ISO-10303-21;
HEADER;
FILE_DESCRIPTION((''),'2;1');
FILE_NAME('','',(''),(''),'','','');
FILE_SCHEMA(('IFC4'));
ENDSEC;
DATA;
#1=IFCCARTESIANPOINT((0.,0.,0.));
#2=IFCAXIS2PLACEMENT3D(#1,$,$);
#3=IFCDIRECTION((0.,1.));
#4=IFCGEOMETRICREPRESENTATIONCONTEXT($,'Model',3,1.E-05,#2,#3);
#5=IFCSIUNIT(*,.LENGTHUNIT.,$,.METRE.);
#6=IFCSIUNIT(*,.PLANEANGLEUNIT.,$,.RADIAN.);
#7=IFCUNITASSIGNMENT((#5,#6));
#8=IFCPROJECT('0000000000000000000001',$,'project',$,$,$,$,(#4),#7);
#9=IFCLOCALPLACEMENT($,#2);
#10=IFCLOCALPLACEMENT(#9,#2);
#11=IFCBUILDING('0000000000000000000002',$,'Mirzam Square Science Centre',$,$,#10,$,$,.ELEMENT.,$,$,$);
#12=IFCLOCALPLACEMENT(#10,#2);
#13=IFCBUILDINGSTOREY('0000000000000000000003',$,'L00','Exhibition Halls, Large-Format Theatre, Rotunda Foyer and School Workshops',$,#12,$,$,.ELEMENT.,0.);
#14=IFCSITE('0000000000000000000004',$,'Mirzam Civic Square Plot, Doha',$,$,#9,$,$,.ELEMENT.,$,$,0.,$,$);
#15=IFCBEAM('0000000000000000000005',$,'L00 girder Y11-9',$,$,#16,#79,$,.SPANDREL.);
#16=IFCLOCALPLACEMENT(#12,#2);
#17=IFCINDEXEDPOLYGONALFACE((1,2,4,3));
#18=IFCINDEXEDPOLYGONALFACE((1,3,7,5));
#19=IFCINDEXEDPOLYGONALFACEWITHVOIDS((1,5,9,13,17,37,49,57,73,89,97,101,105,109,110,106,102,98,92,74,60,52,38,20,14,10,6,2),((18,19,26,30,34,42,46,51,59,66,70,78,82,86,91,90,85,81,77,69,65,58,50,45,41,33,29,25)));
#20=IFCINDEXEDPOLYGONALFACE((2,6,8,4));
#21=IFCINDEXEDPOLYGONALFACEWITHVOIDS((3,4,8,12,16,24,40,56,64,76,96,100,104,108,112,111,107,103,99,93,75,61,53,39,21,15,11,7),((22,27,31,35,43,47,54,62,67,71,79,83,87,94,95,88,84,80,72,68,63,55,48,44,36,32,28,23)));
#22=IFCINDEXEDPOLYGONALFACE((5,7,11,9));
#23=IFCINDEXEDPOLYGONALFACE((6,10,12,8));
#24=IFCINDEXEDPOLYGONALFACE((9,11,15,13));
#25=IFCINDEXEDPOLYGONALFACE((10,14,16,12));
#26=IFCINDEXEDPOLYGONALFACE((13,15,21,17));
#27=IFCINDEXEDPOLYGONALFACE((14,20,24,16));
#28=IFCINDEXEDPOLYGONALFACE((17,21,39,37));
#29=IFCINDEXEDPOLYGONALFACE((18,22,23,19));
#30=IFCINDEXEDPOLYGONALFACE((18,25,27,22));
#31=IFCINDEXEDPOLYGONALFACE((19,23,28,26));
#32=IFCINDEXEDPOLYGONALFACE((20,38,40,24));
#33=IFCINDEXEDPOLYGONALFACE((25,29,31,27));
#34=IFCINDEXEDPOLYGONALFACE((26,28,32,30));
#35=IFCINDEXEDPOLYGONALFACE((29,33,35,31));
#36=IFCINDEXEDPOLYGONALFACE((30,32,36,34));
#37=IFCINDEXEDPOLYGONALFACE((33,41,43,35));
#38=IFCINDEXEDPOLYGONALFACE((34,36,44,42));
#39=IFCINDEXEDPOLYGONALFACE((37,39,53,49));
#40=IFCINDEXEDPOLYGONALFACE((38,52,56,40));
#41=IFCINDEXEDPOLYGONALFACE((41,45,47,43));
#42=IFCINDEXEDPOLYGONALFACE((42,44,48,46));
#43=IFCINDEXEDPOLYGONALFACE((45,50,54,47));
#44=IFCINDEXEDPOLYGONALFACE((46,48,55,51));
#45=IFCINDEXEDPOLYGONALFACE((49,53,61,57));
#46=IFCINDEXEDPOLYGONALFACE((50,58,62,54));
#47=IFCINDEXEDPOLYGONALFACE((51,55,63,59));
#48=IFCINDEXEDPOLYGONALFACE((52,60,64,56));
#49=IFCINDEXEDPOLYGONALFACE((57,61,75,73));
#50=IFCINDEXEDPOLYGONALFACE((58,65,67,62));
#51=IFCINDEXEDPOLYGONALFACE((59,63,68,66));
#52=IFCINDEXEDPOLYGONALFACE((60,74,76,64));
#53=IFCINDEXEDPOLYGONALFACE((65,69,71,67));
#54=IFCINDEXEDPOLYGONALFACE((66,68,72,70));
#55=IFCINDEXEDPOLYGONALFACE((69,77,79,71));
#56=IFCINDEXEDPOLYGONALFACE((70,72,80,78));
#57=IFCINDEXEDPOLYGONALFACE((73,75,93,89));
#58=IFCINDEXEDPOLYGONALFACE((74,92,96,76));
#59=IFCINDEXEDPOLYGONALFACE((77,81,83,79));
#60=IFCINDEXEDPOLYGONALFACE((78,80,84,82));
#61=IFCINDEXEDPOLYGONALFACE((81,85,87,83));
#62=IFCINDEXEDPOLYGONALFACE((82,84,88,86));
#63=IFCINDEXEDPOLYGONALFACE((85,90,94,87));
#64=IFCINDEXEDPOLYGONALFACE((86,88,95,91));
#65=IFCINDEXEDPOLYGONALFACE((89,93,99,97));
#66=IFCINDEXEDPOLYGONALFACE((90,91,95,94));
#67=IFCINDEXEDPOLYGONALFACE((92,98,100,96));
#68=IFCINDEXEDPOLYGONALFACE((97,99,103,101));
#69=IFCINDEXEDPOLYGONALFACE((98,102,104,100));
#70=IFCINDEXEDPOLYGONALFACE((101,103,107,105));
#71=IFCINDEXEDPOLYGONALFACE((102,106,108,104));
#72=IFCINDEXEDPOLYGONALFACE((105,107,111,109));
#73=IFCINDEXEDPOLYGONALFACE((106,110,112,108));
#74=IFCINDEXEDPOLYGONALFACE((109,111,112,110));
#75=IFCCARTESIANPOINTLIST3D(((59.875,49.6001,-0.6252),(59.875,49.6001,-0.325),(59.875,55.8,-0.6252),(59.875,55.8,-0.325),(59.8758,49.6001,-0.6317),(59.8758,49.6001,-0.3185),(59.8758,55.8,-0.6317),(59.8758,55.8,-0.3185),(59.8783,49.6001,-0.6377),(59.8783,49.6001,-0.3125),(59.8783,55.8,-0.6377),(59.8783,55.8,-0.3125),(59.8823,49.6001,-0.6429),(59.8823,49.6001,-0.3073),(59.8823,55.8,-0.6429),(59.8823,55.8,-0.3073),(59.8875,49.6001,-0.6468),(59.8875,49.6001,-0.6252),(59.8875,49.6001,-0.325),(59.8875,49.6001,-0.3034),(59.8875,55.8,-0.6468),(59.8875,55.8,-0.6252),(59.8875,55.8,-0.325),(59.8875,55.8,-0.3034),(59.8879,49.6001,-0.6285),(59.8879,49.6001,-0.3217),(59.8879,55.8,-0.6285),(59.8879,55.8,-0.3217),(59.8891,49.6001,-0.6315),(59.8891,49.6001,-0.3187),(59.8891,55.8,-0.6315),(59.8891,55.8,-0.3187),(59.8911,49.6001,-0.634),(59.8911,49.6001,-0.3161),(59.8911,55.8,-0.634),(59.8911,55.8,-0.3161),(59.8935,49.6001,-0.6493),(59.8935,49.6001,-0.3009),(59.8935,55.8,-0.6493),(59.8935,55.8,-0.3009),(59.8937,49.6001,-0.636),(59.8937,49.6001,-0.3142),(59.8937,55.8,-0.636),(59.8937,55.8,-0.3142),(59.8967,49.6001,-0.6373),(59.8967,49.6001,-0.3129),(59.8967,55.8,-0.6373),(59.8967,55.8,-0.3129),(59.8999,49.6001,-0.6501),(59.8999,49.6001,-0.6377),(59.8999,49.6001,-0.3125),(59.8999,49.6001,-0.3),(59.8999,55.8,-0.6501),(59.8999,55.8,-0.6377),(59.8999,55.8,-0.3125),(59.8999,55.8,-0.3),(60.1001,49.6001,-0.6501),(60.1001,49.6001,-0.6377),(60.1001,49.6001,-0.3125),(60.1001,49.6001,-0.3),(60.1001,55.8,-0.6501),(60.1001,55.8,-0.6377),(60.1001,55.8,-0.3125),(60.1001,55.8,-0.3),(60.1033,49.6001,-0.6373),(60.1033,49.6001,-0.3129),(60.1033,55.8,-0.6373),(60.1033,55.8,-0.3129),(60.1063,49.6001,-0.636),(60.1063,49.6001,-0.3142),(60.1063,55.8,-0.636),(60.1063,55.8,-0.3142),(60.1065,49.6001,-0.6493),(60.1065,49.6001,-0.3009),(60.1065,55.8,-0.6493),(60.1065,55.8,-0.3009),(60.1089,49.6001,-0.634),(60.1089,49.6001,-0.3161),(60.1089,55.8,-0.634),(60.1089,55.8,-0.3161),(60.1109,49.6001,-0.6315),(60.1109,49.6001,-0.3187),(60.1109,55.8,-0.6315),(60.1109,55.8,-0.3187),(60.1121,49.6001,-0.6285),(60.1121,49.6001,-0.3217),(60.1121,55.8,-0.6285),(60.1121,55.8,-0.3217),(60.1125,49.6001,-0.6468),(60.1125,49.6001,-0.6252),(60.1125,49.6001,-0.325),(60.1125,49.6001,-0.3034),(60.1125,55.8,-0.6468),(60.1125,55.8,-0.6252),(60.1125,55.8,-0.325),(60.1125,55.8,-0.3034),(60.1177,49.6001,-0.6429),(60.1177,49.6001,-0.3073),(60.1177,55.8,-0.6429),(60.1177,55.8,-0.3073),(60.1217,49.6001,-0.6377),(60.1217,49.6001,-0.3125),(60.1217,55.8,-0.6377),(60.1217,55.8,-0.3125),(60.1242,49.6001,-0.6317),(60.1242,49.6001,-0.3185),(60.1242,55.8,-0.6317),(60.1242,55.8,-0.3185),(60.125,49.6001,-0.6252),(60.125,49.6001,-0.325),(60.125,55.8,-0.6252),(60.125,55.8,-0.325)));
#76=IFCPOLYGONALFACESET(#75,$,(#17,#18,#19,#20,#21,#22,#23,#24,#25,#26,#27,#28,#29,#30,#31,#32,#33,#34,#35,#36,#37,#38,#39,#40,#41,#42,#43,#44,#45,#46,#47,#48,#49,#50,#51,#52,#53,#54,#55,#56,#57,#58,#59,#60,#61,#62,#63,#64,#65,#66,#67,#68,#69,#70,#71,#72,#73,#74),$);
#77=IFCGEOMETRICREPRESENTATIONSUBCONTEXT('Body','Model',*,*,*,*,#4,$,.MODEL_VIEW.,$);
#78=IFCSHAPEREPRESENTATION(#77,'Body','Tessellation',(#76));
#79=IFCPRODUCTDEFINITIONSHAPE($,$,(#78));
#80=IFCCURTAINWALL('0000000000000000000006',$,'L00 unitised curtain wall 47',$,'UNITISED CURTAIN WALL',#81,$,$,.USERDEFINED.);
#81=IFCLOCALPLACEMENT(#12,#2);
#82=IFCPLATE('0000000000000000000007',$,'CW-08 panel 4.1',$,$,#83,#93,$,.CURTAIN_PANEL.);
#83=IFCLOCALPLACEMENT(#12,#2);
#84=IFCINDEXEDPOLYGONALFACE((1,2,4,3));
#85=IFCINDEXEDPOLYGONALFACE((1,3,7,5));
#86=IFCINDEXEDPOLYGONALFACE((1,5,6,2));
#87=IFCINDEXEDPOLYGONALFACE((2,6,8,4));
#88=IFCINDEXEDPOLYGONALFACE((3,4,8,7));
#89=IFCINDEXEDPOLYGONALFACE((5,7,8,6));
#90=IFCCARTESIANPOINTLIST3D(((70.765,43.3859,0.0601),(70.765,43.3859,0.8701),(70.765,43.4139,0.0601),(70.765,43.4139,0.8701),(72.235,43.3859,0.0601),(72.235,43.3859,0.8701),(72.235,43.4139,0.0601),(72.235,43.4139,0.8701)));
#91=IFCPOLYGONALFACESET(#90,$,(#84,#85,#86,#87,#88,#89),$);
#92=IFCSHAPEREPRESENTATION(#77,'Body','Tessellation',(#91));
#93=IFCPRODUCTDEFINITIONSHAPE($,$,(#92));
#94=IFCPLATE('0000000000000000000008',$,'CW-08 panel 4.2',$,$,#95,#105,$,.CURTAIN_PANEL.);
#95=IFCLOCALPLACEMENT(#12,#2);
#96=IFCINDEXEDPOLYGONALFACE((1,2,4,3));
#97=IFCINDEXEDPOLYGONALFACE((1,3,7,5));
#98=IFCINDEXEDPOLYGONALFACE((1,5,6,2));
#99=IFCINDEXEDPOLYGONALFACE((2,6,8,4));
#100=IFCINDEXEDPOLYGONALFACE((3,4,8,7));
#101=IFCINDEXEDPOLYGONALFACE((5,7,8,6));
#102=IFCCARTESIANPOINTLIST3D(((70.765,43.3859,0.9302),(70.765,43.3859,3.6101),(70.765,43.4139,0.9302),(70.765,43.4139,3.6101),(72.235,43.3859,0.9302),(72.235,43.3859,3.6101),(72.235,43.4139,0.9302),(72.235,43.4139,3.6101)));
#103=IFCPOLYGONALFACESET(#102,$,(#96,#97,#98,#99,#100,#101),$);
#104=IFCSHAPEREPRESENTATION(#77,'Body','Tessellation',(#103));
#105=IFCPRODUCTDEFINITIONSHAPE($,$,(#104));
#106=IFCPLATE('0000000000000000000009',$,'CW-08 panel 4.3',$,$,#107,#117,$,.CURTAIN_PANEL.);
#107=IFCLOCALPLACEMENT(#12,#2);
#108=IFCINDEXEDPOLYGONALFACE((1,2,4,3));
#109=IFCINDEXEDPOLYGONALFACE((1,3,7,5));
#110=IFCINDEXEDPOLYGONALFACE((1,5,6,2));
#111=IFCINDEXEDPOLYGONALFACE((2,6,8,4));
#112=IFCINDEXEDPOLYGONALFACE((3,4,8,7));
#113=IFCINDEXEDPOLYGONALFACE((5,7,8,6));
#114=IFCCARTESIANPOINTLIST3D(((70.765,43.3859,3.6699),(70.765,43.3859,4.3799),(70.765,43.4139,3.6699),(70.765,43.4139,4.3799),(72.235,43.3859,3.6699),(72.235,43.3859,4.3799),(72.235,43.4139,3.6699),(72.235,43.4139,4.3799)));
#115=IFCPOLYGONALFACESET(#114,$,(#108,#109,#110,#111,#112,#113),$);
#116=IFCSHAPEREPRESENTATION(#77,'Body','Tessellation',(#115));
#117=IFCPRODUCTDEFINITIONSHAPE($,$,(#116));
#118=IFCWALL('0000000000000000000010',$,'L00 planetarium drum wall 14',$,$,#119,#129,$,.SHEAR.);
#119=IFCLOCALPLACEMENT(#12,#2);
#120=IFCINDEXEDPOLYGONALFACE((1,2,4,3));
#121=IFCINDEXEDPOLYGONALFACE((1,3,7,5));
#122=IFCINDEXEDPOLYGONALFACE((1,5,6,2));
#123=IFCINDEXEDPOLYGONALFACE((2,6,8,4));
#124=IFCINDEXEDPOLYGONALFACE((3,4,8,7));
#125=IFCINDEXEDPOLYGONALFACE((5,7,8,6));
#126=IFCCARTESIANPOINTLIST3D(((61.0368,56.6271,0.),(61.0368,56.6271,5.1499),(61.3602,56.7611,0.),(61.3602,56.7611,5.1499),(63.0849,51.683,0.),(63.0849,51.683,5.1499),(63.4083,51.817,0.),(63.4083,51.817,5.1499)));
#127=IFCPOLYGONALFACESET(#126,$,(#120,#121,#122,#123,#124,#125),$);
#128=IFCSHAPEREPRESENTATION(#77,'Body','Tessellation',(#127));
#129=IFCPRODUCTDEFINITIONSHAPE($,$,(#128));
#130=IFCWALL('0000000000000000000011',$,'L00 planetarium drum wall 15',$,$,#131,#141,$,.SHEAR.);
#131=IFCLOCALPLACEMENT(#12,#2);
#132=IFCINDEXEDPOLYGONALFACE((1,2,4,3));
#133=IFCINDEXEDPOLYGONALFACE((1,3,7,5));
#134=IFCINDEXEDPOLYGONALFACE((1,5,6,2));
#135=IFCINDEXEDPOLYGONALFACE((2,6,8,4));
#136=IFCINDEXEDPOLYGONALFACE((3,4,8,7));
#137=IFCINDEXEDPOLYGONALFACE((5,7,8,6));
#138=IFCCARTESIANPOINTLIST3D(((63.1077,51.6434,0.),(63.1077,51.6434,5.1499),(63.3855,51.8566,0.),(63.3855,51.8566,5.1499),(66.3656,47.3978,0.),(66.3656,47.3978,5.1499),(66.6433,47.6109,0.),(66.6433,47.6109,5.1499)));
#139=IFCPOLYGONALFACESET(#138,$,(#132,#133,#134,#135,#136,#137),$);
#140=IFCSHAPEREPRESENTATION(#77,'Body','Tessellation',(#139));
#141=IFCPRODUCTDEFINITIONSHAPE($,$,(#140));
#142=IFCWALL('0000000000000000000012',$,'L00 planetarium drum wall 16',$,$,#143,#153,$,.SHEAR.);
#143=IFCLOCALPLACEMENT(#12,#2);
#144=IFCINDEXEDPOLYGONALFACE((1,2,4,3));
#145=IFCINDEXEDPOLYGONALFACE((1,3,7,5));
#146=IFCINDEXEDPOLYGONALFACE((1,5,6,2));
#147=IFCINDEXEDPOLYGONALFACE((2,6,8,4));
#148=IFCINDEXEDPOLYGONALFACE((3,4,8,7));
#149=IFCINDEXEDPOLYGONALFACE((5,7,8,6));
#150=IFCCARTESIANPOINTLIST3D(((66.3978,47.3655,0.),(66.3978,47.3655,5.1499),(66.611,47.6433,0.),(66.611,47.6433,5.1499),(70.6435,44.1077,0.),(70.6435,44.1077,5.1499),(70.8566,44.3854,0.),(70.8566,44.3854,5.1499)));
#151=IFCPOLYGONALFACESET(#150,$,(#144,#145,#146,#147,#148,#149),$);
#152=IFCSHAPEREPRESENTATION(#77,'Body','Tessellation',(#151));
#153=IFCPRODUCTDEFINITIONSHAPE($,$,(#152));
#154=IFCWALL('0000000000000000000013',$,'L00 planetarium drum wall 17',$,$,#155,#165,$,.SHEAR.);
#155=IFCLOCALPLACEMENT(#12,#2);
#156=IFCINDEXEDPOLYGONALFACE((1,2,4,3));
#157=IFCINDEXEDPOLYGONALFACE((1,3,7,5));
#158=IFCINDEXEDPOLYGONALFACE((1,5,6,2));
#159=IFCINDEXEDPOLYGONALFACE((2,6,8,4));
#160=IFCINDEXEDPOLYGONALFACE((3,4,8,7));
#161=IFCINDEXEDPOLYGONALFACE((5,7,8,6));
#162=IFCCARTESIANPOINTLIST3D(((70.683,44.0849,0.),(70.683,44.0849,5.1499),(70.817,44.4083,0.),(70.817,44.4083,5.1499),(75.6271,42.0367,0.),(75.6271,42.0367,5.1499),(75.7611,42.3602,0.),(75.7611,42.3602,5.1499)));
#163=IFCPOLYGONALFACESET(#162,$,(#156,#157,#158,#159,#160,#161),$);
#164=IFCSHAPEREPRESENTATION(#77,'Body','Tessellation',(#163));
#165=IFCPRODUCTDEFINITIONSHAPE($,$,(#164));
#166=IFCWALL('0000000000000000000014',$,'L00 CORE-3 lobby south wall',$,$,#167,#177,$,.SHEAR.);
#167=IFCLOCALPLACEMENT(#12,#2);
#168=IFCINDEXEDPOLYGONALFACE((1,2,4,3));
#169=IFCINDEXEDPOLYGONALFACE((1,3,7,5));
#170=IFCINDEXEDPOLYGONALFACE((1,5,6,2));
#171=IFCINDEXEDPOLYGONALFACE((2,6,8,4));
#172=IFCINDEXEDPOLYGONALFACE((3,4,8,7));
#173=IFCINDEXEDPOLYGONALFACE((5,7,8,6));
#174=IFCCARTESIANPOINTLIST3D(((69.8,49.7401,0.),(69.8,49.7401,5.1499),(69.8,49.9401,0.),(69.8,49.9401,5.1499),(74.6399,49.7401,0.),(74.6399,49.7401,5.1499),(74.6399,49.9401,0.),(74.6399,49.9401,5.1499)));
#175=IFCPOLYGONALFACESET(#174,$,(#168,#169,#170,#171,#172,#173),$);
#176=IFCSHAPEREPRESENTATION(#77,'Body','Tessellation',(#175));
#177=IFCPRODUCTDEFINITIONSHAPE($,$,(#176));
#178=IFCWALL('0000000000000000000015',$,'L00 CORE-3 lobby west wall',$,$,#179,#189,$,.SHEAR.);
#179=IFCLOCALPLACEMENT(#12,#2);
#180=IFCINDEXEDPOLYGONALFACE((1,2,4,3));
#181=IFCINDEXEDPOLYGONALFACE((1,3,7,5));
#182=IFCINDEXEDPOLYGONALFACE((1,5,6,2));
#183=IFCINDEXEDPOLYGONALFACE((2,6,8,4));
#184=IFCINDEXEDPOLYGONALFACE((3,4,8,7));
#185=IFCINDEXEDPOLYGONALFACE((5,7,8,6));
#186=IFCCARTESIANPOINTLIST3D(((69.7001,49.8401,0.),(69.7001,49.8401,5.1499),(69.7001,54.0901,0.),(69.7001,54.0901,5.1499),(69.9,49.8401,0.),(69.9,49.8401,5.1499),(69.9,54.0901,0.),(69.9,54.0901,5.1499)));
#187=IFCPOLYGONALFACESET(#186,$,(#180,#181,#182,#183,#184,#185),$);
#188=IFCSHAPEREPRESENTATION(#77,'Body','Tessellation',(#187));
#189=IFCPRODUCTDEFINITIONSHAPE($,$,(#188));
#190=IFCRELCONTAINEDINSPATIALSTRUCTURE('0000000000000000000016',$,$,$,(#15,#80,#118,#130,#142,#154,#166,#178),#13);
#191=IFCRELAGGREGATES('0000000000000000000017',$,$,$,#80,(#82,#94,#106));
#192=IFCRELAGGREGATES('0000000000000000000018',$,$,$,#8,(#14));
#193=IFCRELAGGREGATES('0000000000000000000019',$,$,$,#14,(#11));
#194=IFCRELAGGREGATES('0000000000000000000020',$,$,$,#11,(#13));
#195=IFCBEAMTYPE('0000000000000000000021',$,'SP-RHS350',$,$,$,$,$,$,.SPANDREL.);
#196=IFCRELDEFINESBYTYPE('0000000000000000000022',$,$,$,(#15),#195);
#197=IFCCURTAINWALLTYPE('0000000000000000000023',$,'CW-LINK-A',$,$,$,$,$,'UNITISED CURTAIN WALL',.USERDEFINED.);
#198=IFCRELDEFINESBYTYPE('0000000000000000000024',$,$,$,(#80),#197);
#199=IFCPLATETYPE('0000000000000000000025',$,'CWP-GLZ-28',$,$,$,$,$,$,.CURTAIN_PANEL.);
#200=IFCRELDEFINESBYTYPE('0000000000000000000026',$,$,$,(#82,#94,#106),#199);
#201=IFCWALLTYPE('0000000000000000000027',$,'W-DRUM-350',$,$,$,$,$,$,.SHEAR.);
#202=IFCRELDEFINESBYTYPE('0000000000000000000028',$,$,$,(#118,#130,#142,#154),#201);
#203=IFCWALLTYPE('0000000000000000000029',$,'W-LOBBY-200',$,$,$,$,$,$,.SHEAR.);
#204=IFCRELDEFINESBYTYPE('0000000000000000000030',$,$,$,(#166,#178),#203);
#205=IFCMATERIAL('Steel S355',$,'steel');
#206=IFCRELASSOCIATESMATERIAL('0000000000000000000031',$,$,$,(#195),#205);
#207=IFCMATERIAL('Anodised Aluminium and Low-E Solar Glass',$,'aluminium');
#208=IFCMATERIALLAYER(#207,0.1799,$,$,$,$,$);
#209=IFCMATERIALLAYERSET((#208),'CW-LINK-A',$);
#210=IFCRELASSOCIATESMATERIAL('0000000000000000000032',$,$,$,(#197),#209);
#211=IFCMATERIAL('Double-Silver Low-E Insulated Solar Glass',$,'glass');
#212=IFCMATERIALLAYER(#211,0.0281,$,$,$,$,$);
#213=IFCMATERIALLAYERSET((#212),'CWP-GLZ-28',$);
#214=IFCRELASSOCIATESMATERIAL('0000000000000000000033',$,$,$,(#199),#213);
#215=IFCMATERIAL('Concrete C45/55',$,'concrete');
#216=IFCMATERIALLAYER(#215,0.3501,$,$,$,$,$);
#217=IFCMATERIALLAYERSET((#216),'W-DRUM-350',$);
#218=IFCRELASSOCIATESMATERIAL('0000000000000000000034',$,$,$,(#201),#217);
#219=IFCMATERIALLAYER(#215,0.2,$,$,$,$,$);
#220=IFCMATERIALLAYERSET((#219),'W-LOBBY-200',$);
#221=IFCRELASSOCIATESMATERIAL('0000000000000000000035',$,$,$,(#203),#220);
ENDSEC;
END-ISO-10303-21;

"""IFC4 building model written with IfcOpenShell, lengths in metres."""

from ifc_helpers import new_model, si_unit, direction, frame, frame_2d, origin, origin_2d, place, context, subcontext, project, spatial, rectangle, hollow_rectangle, extrude, material, layer, layer_set, material_profile, profile_set, type_object, element, aggregate, save


model = new_model("IFC4")

# Units and contexts
model_context = context("Model", 3, precision=1e-05, world=origin(), true_north=direction((0.0, 1.0)))
body_context = subcontext(model_context, "Body", "Model", "MODEL_VIEW")
ifc_project = project(units=[si_unit("LENGTHUNIT", "METRE"), si_unit("PLANEANGLEUNIT", "RADIAN")], contexts=[model_context])

# Site, building, storey
site_placement = place(None, origin())
site = spatial("IfcSite", under=ifc_project, at=site_placement, Name="Mirzam Civic Square Plot, Doha", CompositionType="ELEMENT", RefElevation=0.0)
building_placement = place(site_placement, origin())
building = spatial("IfcBuilding", under=site, at=building_placement, Name="Mirzam Square Science Centre", CompositionType="ELEMENT")
storey_placement = place(building_placement, origin())
storey = spatial("IfcBuildingStorey", under=building, at=storey_placement, Name="L00", Description="Exhibition Halls, Large-Format Theatre, Rotunda Foyer and School Workshops", CompositionType="ELEMENT", Elevation=0.0)

# Shared definitions
ifc_material_1 = material(Name="Steel S355", Category="steel")
ifc_material_2 = material(Name="Concrete C45/55", Category="concrete")

# Beam
ifc_material_profile_1 = material_profile(ifc_material_1, hollow_rectangle(XDim=0.25, YDim=0.3501, WallThickness=0.0125, InnerFilletRadius=0.0125, OuterFilletRadius=0.0249, at=origin_2d()), Name="350x250x12.5RHS")
ifc_profile_set_1 = profile_set([ifc_material_profile_1], Name="Steel S355")
beam_type = type_object("IfcBeamType", Name="SP-RHS350", PredefinedType="SPANDREL", material=ifc_profile_set_1)
beam_placement = place(storey_placement, frame((60.0, 49.6001, -0.4751), z_axis=(0.0, 1.0, 0.0), x_axis=(-1.0, 0.0, 0.0)))
element("IfcBeam", 1, at=beam_placement, inside=storey, type_object=beam_type, Name="L00 girder Y11-9", PredefinedType="SPANDREL", context=body_context, shape_type="SweptSolid", body=[
    extrude(hollow_rectangle(XDim=0.25, YDim=0.3501, WallThickness=0.0125, InnerFilletRadius=0.0125, OuterFilletRadius=0.0249, at=origin_2d()), origin(), (0.0, 0.0, 1.0), 6.2),
])

# Curtain wall, plates
ifc_material_3 = material(Name="Anodised Aluminium and Low-E Solar Glass", Category="aluminium")
ifc_layer_1 = layer(ifc_material_3, 0.1799)
ifc_layer_set_1 = layer_set([ifc_layer_1], Name="CW-LINK-A")
curtain_wall_type = type_object("IfcCurtainWallType", Name="CW-LINK-A", ElementType="UNITISED CURTAIN WALL", PredefinedType="USERDEFINED", material=ifc_layer_set_1)
curtain_wall_placement = place(storey_placement, origin())
curtain_wall = element("IfcCurtainWall", 2, at=curtain_wall_placement, inside=storey, type_object=curtain_wall_type, Name="L00 unitised curtain wall 47", ObjectType="UNITISED CURTAIN WALL", PredefinedType="USERDEFINED")
ifc_material_4 = material(Name="Double-Silver Low-E Insulated Solar Glass", Category="glass")
ifc_layer_2 = layer(ifc_material_4, 0.0281)
ifc_layer_set_2 = layer_set([ifc_layer_2], Name="CWP-GLZ-28")
plate_type = type_object("IfcPlateType", Name="CWP-GLZ-28", PredefinedType="CURTAIN_PANEL", material=ifc_layer_set_2)
plate_1_placement = place(storey_placement, frame((71.5, 43.3999, 0.0601), z_axis=(0.0, 0.0, 1.0), x_axis=(1.0, 0.0, 0.0)))
plate_1 = element("IfcPlate", 3, at=plate_1_placement, type_object=plate_type, Name="CW-08 panel 4.1", PredefinedType="CURTAIN_PANEL", context=body_context, shape_type="SweptSolid", body=[
    extrude(rectangle(XDim=1.47, YDim=0.0281, at=origin_2d()), origin(), (0.0, 0.0, 1.0), 0.8101),
])
plate_2_placement = place(storey_placement, frame((71.5, 43.3999, 0.9302), z_axis=(0.0, 0.0, 1.0), x_axis=(1.0, 0.0, 0.0)))
plate_2 = element("IfcPlate", 4, at=plate_2_placement, type_object=plate_type, Name="CW-08 panel 4.2", PredefinedType="CURTAIN_PANEL", context=body_context, shape_type="SweptSolid", body=[
    extrude(rectangle(XDim=1.47, YDim=0.0281, at=origin_2d()), origin(), (0.0, 0.0, 1.0), 2.6799),
])
plate_3_placement = place(storey_placement, frame((71.5, 43.3999, 3.6699), z_axis=(0.0, 0.0, 1.0), x_axis=(1.0, 0.0, 0.0)))
plate_3 = element("IfcPlate", 5, at=plate_3_placement, type_object=plate_type, Name="CW-08 panel 4.3", PredefinedType="CURTAIN_PANEL", context=body_context, shape_type="SweptSolid", body=[
    extrude(rectangle(XDim=1.47, YDim=0.0281, at=origin_2d()), origin(), (0.0, 0.0, 1.0), 0.71),
])
aggregate(curtain_wall, [plate_1, plate_2, plate_3])

# Walls
ifc_layer_3 = layer(ifc_material_2, 0.3501)
ifc_layer_set_3 = layer_set([ifc_layer_3], Name="W-DRUM-350")
wall_type_1 = type_object("IfcWallType", Name="W-DRUM-350", PredefinedType="SHEAR", material=ifc_layer_set_3)
for number, where, z_axis, x_axis, name in (
    (6, (61.1985, 56.6941, 0.0), (0.0, 0.0, 1.0), (0.382713, -0.923867, 0.0), "L00 planetarium drum wall 14"),
    (7, (63.2466, 51.75, 0.0), (0.0, 0.0, 1.0), (0.608767, -0.793349, 0.0), "L00 planetarium drum wall 15"),
    (8, (66.5044, 47.5044, 0.0), (0.0, 0.0, 1.0), (0.793349, -0.608767, 0.0), "L00 planetarium drum wall 16"),
    (9, (70.75, 44.2466, 0.0), (0.0, 0.0, 1.0), (0.923867, -0.382713, 0.0), "L00 planetarium drum wall 17"),
):
    element("IfcWall", number, at=place(storey_placement, frame(where, z_axis=z_axis, x_axis=x_axis)), inside=storey, type_object=wall_type_1, Name=name, PredefinedType="SHEAR", context=body_context, shape_type="SweptSolid", body=[
        extrude(rectangle(XDim=5.3516, YDim=0.3501, at=frame_2d((2.6758, 0.0))), origin(), (0.0, 0.0, 1.0), 5.1499),
    ])
ifc_layer_4 = layer(ifc_material_2, 0.2)
ifc_layer_set_4 = layer_set([ifc_layer_4], Name="W-LOBBY-200")
wall_type_2 = type_object("IfcWallType", Name="W-LOBBY-200", PredefinedType="SHEAR", material=ifc_layer_set_4)
wall_1_placement = place(storey_placement, frame((69.8, 49.8401, 0.0), z_axis=(0.0, 0.0, 1.0), x_axis=(1.0, 0.0, 0.0)))
element("IfcWall", 10, at=wall_1_placement, inside=storey, type_object=wall_type_2, Name="L00 CORE-3 lobby south wall", PredefinedType="SHEAR", context=body_context, shape_type="SweptSolid", body=[
    extrude(rectangle(XDim=4.8398, YDim=0.2, at=frame_2d((2.4199, 0.0))), origin(), (0.0, 0.0, 1.0), 5.1499),
])
wall_2_placement = place(storey_placement, frame((69.8, 54.0901, 0.0), z_axis=(0.0, 0.0, 1.0), x_axis=(0.0, -1.0, 0.0)))
element("IfcWall", 11, at=wall_2_placement, inside=storey, type_object=wall_type_2, Name="L00 CORE-3 lobby west wall", PredefinedType="SHEAR", context=body_context, shape_type="SweptSolid", body=[
    extrude(rectangle(XDim=4.25, YDim=0.2, at=frame_2d((2.125, 0.0))), origin(), (0.0, 0.0, 1.0), 5.1499),
])

save(model, "model.ifc")
